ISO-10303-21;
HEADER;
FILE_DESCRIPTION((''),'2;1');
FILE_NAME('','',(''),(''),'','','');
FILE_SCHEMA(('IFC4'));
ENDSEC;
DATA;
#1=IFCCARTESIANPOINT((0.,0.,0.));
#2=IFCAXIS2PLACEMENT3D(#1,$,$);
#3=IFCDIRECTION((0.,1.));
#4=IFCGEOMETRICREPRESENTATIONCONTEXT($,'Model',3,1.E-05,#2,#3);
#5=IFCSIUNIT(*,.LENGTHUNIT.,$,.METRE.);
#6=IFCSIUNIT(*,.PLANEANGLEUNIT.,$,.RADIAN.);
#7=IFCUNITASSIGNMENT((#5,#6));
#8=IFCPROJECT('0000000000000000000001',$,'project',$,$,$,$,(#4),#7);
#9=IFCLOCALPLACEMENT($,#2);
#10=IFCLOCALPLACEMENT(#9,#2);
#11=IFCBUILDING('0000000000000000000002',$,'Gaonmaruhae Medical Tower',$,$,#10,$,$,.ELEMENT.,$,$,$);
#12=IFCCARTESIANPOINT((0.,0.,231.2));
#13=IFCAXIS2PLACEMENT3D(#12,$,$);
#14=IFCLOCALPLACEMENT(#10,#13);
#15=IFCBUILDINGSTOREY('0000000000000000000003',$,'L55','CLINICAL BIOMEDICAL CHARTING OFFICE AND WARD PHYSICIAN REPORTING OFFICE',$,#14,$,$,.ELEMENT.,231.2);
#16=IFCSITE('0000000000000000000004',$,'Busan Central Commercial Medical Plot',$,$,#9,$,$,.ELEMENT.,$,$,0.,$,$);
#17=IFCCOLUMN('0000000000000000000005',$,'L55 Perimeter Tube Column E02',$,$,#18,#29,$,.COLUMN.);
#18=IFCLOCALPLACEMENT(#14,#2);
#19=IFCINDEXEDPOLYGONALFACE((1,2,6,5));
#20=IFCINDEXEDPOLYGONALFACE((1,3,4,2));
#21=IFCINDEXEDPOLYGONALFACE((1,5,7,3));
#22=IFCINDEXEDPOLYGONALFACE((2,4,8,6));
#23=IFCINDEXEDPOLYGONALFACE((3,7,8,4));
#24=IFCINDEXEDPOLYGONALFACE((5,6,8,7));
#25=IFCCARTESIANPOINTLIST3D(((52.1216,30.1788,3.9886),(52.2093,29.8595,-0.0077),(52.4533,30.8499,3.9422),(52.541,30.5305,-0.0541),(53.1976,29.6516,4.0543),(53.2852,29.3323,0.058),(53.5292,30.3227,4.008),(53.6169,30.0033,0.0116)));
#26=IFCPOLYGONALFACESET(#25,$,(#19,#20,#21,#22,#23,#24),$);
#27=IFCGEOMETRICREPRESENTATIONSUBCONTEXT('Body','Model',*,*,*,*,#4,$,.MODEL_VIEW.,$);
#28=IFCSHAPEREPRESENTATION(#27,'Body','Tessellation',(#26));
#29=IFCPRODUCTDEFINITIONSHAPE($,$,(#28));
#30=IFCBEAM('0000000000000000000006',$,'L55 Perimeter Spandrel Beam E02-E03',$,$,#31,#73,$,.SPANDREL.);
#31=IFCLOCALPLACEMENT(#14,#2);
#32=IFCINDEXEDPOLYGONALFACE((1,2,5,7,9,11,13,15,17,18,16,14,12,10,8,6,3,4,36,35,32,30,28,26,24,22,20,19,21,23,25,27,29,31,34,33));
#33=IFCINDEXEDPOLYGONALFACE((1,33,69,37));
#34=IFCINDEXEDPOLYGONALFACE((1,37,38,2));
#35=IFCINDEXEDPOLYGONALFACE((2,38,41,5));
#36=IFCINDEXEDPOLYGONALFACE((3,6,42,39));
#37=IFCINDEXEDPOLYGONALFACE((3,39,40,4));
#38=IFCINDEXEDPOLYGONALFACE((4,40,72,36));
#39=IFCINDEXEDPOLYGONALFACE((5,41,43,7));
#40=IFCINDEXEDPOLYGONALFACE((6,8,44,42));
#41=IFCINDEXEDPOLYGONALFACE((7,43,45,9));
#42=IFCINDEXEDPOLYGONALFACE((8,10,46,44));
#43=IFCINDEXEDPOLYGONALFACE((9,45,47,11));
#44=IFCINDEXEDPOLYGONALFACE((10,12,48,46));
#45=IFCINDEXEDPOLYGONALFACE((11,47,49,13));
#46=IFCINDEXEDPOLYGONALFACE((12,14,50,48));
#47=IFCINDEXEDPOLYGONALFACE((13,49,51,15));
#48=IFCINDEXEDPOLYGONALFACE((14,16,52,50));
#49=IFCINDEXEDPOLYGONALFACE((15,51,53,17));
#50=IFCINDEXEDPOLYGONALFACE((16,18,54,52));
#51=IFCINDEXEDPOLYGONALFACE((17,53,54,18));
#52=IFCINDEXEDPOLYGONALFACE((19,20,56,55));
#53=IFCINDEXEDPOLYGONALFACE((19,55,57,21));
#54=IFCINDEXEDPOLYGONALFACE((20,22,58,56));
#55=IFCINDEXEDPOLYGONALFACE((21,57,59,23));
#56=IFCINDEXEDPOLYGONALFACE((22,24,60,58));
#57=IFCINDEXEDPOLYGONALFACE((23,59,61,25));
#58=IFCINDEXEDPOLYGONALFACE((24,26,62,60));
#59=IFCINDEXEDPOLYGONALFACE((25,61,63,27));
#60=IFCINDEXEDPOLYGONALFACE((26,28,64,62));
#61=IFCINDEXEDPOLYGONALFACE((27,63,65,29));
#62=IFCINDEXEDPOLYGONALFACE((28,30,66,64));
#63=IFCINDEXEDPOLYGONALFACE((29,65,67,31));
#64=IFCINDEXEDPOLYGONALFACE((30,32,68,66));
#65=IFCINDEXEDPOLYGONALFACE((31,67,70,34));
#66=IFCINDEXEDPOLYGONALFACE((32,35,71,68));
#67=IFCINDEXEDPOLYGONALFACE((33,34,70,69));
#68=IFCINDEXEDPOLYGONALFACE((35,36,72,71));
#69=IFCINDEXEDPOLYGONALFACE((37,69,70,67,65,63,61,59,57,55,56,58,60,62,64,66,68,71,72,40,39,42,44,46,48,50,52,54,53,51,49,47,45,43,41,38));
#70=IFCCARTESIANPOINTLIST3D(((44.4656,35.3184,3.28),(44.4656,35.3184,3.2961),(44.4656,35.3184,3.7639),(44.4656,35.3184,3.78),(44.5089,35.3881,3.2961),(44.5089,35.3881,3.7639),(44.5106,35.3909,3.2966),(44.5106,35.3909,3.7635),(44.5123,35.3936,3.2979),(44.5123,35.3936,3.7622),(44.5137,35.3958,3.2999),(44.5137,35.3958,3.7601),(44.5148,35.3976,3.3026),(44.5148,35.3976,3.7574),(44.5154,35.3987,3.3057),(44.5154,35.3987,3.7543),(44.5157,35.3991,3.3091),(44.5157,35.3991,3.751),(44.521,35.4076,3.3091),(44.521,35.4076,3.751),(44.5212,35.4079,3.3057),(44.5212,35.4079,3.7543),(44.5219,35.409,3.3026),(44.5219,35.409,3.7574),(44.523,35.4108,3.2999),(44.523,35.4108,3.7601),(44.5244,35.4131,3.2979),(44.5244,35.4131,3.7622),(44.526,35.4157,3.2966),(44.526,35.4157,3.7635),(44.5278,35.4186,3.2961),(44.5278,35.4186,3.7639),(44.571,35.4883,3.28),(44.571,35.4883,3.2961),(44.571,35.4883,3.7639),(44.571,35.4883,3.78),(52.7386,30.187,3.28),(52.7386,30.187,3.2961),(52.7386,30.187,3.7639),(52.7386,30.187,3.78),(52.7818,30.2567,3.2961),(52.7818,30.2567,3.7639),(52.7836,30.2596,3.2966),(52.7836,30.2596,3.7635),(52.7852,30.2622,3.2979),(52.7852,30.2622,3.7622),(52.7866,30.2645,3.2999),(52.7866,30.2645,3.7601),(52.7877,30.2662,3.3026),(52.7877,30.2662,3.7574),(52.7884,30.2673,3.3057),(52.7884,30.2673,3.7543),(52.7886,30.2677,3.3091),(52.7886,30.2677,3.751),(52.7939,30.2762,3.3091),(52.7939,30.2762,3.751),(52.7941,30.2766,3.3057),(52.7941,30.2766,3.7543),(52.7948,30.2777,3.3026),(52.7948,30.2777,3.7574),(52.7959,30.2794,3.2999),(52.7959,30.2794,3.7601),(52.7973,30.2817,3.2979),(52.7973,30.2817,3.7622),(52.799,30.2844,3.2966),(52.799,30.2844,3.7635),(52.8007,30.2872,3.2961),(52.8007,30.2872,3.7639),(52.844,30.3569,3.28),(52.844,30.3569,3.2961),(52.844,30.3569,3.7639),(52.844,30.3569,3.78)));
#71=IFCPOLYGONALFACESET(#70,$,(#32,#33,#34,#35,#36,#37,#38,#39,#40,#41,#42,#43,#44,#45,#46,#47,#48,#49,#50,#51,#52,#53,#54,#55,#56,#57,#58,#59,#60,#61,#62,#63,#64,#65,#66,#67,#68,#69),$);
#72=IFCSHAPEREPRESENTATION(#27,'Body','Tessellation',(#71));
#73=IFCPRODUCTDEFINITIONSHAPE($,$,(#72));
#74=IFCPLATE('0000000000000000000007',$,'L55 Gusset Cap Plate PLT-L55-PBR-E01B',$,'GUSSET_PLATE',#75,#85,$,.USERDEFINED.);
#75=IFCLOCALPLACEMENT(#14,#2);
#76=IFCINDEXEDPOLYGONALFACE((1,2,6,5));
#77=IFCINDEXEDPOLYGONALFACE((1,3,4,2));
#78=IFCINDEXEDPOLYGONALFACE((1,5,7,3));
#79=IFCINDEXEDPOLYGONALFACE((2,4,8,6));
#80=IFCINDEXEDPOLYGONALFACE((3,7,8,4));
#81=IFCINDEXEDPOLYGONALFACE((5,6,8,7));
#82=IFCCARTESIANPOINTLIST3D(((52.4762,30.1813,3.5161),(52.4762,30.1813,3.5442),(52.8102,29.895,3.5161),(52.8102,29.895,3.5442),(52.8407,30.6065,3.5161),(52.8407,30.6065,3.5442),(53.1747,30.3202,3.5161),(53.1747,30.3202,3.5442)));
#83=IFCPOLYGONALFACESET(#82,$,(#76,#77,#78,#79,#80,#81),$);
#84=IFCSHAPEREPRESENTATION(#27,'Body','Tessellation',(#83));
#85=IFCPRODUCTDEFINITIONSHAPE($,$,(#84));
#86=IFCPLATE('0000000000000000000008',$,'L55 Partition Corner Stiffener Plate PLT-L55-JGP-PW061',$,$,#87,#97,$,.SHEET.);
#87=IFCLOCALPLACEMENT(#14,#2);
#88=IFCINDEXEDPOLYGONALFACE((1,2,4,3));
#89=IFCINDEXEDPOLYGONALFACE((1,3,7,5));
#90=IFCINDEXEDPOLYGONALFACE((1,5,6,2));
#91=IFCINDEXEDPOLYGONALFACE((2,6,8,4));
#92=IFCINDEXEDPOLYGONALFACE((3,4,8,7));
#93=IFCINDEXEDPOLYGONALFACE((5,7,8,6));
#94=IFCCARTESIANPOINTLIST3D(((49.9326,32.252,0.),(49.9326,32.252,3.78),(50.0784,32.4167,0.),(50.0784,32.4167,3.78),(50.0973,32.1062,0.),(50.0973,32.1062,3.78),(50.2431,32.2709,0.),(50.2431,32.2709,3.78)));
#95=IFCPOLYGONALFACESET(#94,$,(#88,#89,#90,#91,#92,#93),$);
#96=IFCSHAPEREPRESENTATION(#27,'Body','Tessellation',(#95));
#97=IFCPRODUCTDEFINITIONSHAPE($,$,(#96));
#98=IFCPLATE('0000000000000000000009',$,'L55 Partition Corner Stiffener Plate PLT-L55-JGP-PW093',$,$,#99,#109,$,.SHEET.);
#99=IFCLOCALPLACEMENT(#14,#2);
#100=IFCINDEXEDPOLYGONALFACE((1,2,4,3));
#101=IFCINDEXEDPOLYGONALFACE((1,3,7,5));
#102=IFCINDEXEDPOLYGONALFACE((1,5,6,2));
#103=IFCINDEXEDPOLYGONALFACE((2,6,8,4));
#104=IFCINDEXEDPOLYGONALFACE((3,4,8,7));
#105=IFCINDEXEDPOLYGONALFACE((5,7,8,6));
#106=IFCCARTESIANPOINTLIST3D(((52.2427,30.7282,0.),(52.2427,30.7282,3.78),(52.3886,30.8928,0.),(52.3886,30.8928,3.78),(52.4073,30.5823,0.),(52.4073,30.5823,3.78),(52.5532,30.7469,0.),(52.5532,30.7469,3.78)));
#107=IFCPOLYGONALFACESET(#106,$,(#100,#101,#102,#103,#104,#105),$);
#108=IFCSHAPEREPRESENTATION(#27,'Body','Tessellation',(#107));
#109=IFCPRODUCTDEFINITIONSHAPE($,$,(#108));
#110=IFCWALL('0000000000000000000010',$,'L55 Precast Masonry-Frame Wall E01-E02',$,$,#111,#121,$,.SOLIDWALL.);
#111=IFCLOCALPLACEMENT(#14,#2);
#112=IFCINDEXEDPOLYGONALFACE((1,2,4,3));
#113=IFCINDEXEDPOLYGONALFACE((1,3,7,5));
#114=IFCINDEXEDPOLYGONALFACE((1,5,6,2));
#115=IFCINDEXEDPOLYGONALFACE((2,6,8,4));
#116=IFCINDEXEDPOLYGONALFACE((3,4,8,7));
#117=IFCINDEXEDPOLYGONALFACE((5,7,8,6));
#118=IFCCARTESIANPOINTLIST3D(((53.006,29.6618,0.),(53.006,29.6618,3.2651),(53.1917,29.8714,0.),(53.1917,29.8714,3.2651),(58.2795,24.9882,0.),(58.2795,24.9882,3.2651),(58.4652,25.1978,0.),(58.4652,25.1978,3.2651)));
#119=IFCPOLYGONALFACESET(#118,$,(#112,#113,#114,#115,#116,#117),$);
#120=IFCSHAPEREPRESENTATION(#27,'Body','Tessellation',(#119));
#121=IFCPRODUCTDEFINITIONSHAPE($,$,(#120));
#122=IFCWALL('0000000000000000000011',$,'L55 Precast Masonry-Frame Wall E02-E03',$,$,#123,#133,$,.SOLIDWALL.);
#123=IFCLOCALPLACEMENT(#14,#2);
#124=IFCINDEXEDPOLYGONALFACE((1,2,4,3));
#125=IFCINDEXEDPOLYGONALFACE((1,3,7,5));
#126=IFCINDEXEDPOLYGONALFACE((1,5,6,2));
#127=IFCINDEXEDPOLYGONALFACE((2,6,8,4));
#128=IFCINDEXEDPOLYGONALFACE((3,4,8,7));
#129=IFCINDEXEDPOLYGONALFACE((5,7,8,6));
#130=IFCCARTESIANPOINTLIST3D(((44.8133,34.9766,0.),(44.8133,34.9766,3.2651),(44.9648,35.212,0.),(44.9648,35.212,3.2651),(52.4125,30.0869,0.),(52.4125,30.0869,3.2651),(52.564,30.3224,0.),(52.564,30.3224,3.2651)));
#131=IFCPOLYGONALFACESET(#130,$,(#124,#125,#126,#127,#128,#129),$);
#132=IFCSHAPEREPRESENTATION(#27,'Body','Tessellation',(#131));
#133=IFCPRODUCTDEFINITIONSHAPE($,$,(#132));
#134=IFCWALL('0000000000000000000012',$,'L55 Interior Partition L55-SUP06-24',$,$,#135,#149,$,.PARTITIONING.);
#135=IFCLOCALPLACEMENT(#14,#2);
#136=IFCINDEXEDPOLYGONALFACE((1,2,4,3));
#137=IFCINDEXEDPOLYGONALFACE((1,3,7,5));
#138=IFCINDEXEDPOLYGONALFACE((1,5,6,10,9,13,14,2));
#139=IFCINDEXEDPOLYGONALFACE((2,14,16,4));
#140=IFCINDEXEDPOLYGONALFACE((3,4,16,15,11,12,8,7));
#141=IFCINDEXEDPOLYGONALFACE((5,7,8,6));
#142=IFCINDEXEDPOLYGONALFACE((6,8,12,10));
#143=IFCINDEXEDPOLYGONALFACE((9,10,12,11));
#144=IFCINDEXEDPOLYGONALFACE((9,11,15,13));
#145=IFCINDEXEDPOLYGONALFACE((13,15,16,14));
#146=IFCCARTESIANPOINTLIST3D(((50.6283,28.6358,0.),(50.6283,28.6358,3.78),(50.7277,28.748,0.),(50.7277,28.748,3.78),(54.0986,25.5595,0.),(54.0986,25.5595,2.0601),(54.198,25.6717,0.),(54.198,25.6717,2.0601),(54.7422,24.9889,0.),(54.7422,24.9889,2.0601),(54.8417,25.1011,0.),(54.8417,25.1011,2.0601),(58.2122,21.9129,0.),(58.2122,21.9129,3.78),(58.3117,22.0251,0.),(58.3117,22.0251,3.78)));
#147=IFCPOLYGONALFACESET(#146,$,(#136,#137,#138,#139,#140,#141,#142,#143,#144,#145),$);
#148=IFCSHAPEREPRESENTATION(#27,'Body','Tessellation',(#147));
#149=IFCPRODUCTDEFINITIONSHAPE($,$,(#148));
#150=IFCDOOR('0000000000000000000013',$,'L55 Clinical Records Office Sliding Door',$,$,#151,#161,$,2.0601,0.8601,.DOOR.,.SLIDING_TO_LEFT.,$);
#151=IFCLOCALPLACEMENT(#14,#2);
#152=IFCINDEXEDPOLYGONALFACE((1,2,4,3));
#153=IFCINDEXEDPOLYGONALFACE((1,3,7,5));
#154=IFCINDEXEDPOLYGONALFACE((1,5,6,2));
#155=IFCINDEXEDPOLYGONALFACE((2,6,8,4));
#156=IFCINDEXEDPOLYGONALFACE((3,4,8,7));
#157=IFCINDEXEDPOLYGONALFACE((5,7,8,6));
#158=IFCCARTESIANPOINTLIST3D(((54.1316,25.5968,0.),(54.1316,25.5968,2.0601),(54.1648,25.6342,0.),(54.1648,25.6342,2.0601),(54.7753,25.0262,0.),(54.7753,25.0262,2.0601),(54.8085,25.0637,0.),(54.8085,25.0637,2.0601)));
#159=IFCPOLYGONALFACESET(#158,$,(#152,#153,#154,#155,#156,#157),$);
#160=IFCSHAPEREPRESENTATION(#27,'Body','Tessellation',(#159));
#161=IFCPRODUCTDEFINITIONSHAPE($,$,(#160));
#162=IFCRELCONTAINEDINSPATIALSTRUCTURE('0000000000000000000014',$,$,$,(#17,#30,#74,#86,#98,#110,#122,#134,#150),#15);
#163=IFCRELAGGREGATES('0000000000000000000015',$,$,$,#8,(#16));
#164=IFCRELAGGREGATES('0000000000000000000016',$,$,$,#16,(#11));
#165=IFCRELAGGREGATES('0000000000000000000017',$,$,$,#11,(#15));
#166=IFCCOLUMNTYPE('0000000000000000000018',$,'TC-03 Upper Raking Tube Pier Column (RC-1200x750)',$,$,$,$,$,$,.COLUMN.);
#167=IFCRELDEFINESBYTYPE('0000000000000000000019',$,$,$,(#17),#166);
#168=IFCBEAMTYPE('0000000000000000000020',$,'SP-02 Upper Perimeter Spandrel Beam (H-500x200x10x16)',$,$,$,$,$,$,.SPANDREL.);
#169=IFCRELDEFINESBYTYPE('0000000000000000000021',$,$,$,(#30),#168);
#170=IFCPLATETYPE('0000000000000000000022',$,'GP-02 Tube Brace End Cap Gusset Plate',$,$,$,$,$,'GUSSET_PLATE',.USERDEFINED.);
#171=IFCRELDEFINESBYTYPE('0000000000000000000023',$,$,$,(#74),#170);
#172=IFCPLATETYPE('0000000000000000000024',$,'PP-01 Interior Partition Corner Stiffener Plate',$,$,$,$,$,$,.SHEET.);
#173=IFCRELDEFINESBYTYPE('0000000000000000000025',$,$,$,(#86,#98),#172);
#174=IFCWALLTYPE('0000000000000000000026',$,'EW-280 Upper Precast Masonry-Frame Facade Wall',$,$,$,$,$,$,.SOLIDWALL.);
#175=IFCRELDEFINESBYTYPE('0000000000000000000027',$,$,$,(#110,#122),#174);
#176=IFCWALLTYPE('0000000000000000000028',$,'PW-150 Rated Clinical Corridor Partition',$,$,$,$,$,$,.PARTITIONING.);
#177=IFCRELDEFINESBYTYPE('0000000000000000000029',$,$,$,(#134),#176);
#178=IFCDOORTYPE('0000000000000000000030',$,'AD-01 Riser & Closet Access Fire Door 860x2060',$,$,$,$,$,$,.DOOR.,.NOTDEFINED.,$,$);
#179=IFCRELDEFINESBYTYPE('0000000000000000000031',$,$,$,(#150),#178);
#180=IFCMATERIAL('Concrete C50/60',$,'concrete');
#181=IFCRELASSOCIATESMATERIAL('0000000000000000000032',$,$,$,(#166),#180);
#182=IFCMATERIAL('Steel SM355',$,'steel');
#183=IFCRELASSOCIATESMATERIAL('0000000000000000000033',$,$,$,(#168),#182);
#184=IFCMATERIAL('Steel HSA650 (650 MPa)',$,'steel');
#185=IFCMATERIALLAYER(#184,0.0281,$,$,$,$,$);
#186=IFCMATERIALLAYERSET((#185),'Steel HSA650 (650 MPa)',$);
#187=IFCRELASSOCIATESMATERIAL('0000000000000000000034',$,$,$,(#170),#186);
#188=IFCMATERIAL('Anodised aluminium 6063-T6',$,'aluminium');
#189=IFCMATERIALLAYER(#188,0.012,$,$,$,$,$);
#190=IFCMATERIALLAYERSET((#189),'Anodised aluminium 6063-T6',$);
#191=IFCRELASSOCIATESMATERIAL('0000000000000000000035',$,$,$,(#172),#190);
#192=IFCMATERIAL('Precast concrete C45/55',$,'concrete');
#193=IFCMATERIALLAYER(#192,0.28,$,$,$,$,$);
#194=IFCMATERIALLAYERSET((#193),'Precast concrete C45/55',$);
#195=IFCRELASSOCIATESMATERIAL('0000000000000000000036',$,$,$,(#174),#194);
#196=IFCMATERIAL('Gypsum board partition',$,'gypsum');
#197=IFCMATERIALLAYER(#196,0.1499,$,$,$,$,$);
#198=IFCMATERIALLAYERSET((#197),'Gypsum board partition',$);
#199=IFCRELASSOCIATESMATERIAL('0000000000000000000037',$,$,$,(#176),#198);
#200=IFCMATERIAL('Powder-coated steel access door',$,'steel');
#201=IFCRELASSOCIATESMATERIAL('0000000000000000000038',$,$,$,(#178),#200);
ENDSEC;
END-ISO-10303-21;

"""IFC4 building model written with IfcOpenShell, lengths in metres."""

from ifc_helpers import new_model, si_unit, direction, frame, frame_2d, origin, origin_2d, place, context, subcontext, project, spatial, rectangle, i_section, extrude, material, layer, layer_set, material_profile, profile_set, type_object, element, fill, save


model = new_model("IFC4")

# Units and contexts
model_context = context("Model", 3, precision=1e-05, world=origin(), true_north=direction((0.0, 1.0)))
body_context = subcontext(model_context, "Body", "Model", "MODEL_VIEW")
ifc_project = project(units=[si_unit("LENGTHUNIT", "METRE"), si_unit("PLANEANGLEUNIT", "RADIAN")], contexts=[model_context])

# Site, building, storey
site_placement = place(None, origin())
site = spatial("IfcSite", under=ifc_project, at=site_placement, Name="Busan Central Commercial Medical Plot", CompositionType="ELEMENT", RefElevation=0.0)
building_placement = place(site_placement, origin())
building = spatial("IfcBuilding", under=site, at=building_placement, Name="Gaonmaruhae Medical Tower", CompositionType="ELEMENT")
storey_placement = place(building_placement, frame((0.0, 0.0, 231.2)))
storey = spatial("IfcBuildingStorey", under=building, at=storey_placement, Name="L55", Description="CLINICAL BIOMEDICAL CHARTING OFFICE AND WARD PHYSICIAN REPORTING OFFICE", CompositionType="ELEMENT", Elevation=231.2)

# Column
ifc_material_1 = material(Name="Concrete C50/60", Category="concrete")
ifc_material_profile_1 = material_profile(ifc_material_1, rectangle(XDim=1.2, YDim=0.75, at=origin_2d()), Name="RC-1200x750")
ifc_profile_set_1 = profile_set([ifc_material_profile_1], Name="Concrete C50/60")
column_type = type_object("IfcColumnType", Name="TC-03 Upper Raking Tube Pier Column (RC-1200x750)", PredefinedType="COLUMN", material=ifc_profile_set_1)
column_placement = place(storey_placement, frame((52.9131, 29.9314, 0.002), z_axis=(-0.021857, 0.079634, 0.996585), x_axis=(0.896641, -0.439357, 0.054773)))
element("IfcColumn", 1, at=column_placement, inside=storey, type_object=column_type, Name="L55 Perimeter Tube Column E02", PredefinedType="COLUMN", context=body_context, shape_type="SweptSolid", body=[
    extrude(rectangle(XDim=1.2, YDim=0.75, at=origin_2d()), origin(), (0.0, 0.0, 1.0), 4.01),
])

# Beam
ifc_material_2 = material(Name="Steel SM355", Category="steel")
ifc_material_profile_2 = material_profile(ifc_material_2, i_section(OverallWidth=0.2, OverallDepth=0.5, WebThickness=0.01, FlangeThickness=0.0161, FilletRadius=0.0129, at=origin_2d()), Name="H-500x200x10x16")
ifc_profile_set_2 = profile_set([ifc_material_profile_2], Name="Steel SM355")
beam_type = type_object("IfcBeamType", Name="SP-02 Upper Perimeter Spandrel Beam (H-500x200x10x16)", PredefinedType="SPANDREL", material=ifc_profile_set_2)
beam_placement = place(storey_placement, frame((52.7913, 30.272, 3.53), z_axis=(-0.849805, 0.527097, 0.0), x_axis=(-0.527097, -0.849805, 0.0)))
element("IfcBeam", 2, at=beam_placement, inside=storey, type_object=beam_type, Name="L55 Perimeter Spandrel Beam E02-E03", PredefinedType="SPANDREL", context=body_context, shape_type="SweptSolid", body=[
    extrude(i_section(OverallWidth=0.2, OverallDepth=0.5, WebThickness=0.01, FlangeThickness=0.0161, FilletRadius=0.0129, at=origin_2d()), origin(), (0.0, 0.0, 1.0), 9.7351),
])

# Plates
ifc_material_3 = material(Name="Steel HSA650 (650 MPa)", Category="steel")
ifc_layer_1 = layer(ifc_material_3, 0.0281)
ifc_layer_set_1 = layer_set([ifc_layer_1], Name="Steel HSA650 (650 MPa)")
plate_type_1 = type_object("IfcPlateType", Name="GP-02 Tube Brace End Cap Gusset Plate", ElementType="GUSSET_PLATE", PredefinedType="USERDEFINED", material=ifc_layer_set_1)
plate_placement = place(storey_placement, frame((52.8254, 30.2507, 3.5161), z_axis=(0.0, 0.0, 1.0), x_axis=(0.650774, 0.759271, 0.0)))
element("IfcPlate", 3, at=plate_placement, inside=storey, type_object=plate_type_1, Name="L55 Gusset Cap Plate PLT-L55-PBR-E01B", ObjectType="GUSSET_PLATE", PredefinedType="USERDEFINED", context=body_context, shape_type="SweptSolid", body=[
    extrude(rectangle(XDim=0.5601, YDim=0.4399, at=origin_2d()), origin(), (0.0, 0.0, 1.0), 0.0281),
])
ifc_material_4 = material(Name="Anodised aluminium 6063-T6", Category="aluminium")
ifc_layer_2 = layer(ifc_material_4, 0.012)
ifc_layer_set_2 = layer_set([ifc_layer_2], Name="Anodised aluminium 6063-T6")
plate_type_2 = type_object("IfcPlateType", Name="PP-01 Interior Partition Corner Stiffener Plate", PredefinedType="SHEET", material=ifc_layer_set_2)
for number, where, z_axis, x_axis, name in (
    (4, (50.0879, 32.2615, 0.0), (0.0, 0.0, 1.0), (-0.662816, -0.748782, 0.0), "L55 Partition Corner Stiffener Plate PLT-L55-JGP-PW061"),
    (5, (52.3979, 30.7375, 0.0), (0.0, 0.0, 1.0), (0.663286, 0.748366, 0.0), "L55 Partition Corner Stiffener Plate PLT-L55-JGP-PW093"),
):
    element("IfcPlate", number, at=place(storey_placement, frame(where, z_axis=z_axis, x_axis=x_axis)), inside=storey, type_object=plate_type_2, Name=name, PredefinedType="SHEET", context=body_context, shape_type="SweptSolid", body=[
        extrude(rectangle(XDim=0.22, YDim=0.22, at=origin_2d()), origin(), (0.0, 0.0, 1.0), 3.78),
    ])

# Walls
ifc_material_5 = material(Name="Precast concrete C45/55", Category="concrete")
ifc_layer_3 = layer(ifc_material_5, 0.28)
ifc_layer_set_3 = layer_set([ifc_layer_3], Name="Precast concrete C45/55")
wall_type_1 = type_object("IfcWallType", Name="EW-280 Upper Precast Masonry-Frame Facade Wall", PredefinedType="SOLIDWALL", material=ifc_layer_set_3)
wall_1_placement = place(storey_placement, frame((53.0989, 29.7666, 0.0), z_axis=(0.0, 0.0, 1.0), x_axis=(0.748389, -0.66326, 0.0)))
element("IfcWall", 6, at=wall_1_placement, inside=storey, type_object=wall_type_1, Name="L55 Precast Masonry-Frame Wall E01-E02", PredefinedType="SOLIDWALL", context=body_context, shape_type="SweptSolid", body=[
    extrude(rectangle(XDim=7.0464, YDim=0.28, at=frame_2d((3.5232, 0.0))), origin(), (0.0, 0.0, 1.0), 3.2651),
])
wall_2_placement = place(storey_placement, frame((44.8892, 35.0942, 0.0), z_axis=(0.0, 0.0, 1.0), x_axis=(0.840952, -0.54111, 0.0)))
element("IfcWall", 7, at=wall_2_placement, inside=storey, type_object=wall_type_1, Name="L55 Precast Masonry-Frame Wall E02-E03", PredefinedType="SOLIDWALL", context=body_context, shape_type="SweptSolid", body=[
    extrude(rectangle(XDim=9.0364, YDim=0.28, at=frame_2d((4.5181, 0.0))), origin(), (0.0, 0.0, 1.0), 3.2651),
])

# Wall, opening, door
ifc_material_6 = material(Name="Gypsum board partition", Category="gypsum")
ifc_layer_4 = layer(ifc_material_6, 0.1499)
ifc_layer_set_4 = layer_set([ifc_layer_4], Name="Gypsum board partition")
wall_type_2 = type_object("IfcWallType", Name="PW-150 Rated Clinical Corridor Partition", PredefinedType="PARTITIONING", material=ifc_layer_set_4)
wall_3_placement = place(storey_placement, frame((50.678, 28.6919, 0.0), z_axis=(0.0, 0.0, 1.0), x_axis=(0.748311, -0.663348, 0.0)))
wall_3 = element("IfcWall", 8, at=wall_3_placement, inside=storey, type_object=wall_type_2, Name="L55 Interior Partition L55-SUP06-24", PredefinedType="PARTITIONING", context=body_context, shape_type="SweptSolid", body=[
    extrude(rectangle(XDim=10.1348, YDim=0.1499, at=frame_2d((5.0674, 0.0))), origin(), (0.0, 0.0, 1.0), 3.78),
])
opening_1_placement = place(wall_3_placement, frame((4.6375, 0.0, 0.0)))
opening_1 = element("IfcOpeningElement", 9, at=opening_1_placement, cuts=wall_3, PredefinedType="OPENING", context=body_context, shape_type="SweptSolid", body=[
    extrude(rectangle(XDim=0.8601, YDim=2.0601, at=frame_2d((0.4302, 1.03))), frame((0.0, 0.085, 0.0), z_axis=(0.0, -1.0, 0.0), x_axis=(1.0, 0.0, 0.0)), (0.0, 0.0, 1.0), 0.1699),
])
ifc_material_7 = material(Name="Powder-coated steel access door", Category="steel")
door_type_1 = type_object("IfcDoorType", Name="AD-01 Riser & Closet Access Fire Door 860x2060", OperationType="NOTDEFINED", PredefinedType="DOOR", material=ifc_material_7)
door_1_placement = place(opening_1_placement, origin())
door_1 = element("IfcDoor", 10, at=door_1_placement, inside=storey, type_object=door_type_1, Name="L55 Clinical Records Office Sliding Door", OperationType="SLIDING_TO_LEFT", OverallHeight=2.0601, OverallWidth=0.8601, PredefinedType="DOOR", context=body_context, shape_type="SweptSolid", body=[
    extrude(rectangle(XDim=0.8601, YDim=2.0601, at=frame_2d((0.4302, 1.03))), frame((0.0, 0.0249, 0.0), z_axis=(0.0, -1.0, 0.0), x_axis=(1.0, 0.0, 0.0)), (0.0, 0.0, 1.0), 0.05),
])
fill(opening_1, door_1)

save(model, "model.ifc")
